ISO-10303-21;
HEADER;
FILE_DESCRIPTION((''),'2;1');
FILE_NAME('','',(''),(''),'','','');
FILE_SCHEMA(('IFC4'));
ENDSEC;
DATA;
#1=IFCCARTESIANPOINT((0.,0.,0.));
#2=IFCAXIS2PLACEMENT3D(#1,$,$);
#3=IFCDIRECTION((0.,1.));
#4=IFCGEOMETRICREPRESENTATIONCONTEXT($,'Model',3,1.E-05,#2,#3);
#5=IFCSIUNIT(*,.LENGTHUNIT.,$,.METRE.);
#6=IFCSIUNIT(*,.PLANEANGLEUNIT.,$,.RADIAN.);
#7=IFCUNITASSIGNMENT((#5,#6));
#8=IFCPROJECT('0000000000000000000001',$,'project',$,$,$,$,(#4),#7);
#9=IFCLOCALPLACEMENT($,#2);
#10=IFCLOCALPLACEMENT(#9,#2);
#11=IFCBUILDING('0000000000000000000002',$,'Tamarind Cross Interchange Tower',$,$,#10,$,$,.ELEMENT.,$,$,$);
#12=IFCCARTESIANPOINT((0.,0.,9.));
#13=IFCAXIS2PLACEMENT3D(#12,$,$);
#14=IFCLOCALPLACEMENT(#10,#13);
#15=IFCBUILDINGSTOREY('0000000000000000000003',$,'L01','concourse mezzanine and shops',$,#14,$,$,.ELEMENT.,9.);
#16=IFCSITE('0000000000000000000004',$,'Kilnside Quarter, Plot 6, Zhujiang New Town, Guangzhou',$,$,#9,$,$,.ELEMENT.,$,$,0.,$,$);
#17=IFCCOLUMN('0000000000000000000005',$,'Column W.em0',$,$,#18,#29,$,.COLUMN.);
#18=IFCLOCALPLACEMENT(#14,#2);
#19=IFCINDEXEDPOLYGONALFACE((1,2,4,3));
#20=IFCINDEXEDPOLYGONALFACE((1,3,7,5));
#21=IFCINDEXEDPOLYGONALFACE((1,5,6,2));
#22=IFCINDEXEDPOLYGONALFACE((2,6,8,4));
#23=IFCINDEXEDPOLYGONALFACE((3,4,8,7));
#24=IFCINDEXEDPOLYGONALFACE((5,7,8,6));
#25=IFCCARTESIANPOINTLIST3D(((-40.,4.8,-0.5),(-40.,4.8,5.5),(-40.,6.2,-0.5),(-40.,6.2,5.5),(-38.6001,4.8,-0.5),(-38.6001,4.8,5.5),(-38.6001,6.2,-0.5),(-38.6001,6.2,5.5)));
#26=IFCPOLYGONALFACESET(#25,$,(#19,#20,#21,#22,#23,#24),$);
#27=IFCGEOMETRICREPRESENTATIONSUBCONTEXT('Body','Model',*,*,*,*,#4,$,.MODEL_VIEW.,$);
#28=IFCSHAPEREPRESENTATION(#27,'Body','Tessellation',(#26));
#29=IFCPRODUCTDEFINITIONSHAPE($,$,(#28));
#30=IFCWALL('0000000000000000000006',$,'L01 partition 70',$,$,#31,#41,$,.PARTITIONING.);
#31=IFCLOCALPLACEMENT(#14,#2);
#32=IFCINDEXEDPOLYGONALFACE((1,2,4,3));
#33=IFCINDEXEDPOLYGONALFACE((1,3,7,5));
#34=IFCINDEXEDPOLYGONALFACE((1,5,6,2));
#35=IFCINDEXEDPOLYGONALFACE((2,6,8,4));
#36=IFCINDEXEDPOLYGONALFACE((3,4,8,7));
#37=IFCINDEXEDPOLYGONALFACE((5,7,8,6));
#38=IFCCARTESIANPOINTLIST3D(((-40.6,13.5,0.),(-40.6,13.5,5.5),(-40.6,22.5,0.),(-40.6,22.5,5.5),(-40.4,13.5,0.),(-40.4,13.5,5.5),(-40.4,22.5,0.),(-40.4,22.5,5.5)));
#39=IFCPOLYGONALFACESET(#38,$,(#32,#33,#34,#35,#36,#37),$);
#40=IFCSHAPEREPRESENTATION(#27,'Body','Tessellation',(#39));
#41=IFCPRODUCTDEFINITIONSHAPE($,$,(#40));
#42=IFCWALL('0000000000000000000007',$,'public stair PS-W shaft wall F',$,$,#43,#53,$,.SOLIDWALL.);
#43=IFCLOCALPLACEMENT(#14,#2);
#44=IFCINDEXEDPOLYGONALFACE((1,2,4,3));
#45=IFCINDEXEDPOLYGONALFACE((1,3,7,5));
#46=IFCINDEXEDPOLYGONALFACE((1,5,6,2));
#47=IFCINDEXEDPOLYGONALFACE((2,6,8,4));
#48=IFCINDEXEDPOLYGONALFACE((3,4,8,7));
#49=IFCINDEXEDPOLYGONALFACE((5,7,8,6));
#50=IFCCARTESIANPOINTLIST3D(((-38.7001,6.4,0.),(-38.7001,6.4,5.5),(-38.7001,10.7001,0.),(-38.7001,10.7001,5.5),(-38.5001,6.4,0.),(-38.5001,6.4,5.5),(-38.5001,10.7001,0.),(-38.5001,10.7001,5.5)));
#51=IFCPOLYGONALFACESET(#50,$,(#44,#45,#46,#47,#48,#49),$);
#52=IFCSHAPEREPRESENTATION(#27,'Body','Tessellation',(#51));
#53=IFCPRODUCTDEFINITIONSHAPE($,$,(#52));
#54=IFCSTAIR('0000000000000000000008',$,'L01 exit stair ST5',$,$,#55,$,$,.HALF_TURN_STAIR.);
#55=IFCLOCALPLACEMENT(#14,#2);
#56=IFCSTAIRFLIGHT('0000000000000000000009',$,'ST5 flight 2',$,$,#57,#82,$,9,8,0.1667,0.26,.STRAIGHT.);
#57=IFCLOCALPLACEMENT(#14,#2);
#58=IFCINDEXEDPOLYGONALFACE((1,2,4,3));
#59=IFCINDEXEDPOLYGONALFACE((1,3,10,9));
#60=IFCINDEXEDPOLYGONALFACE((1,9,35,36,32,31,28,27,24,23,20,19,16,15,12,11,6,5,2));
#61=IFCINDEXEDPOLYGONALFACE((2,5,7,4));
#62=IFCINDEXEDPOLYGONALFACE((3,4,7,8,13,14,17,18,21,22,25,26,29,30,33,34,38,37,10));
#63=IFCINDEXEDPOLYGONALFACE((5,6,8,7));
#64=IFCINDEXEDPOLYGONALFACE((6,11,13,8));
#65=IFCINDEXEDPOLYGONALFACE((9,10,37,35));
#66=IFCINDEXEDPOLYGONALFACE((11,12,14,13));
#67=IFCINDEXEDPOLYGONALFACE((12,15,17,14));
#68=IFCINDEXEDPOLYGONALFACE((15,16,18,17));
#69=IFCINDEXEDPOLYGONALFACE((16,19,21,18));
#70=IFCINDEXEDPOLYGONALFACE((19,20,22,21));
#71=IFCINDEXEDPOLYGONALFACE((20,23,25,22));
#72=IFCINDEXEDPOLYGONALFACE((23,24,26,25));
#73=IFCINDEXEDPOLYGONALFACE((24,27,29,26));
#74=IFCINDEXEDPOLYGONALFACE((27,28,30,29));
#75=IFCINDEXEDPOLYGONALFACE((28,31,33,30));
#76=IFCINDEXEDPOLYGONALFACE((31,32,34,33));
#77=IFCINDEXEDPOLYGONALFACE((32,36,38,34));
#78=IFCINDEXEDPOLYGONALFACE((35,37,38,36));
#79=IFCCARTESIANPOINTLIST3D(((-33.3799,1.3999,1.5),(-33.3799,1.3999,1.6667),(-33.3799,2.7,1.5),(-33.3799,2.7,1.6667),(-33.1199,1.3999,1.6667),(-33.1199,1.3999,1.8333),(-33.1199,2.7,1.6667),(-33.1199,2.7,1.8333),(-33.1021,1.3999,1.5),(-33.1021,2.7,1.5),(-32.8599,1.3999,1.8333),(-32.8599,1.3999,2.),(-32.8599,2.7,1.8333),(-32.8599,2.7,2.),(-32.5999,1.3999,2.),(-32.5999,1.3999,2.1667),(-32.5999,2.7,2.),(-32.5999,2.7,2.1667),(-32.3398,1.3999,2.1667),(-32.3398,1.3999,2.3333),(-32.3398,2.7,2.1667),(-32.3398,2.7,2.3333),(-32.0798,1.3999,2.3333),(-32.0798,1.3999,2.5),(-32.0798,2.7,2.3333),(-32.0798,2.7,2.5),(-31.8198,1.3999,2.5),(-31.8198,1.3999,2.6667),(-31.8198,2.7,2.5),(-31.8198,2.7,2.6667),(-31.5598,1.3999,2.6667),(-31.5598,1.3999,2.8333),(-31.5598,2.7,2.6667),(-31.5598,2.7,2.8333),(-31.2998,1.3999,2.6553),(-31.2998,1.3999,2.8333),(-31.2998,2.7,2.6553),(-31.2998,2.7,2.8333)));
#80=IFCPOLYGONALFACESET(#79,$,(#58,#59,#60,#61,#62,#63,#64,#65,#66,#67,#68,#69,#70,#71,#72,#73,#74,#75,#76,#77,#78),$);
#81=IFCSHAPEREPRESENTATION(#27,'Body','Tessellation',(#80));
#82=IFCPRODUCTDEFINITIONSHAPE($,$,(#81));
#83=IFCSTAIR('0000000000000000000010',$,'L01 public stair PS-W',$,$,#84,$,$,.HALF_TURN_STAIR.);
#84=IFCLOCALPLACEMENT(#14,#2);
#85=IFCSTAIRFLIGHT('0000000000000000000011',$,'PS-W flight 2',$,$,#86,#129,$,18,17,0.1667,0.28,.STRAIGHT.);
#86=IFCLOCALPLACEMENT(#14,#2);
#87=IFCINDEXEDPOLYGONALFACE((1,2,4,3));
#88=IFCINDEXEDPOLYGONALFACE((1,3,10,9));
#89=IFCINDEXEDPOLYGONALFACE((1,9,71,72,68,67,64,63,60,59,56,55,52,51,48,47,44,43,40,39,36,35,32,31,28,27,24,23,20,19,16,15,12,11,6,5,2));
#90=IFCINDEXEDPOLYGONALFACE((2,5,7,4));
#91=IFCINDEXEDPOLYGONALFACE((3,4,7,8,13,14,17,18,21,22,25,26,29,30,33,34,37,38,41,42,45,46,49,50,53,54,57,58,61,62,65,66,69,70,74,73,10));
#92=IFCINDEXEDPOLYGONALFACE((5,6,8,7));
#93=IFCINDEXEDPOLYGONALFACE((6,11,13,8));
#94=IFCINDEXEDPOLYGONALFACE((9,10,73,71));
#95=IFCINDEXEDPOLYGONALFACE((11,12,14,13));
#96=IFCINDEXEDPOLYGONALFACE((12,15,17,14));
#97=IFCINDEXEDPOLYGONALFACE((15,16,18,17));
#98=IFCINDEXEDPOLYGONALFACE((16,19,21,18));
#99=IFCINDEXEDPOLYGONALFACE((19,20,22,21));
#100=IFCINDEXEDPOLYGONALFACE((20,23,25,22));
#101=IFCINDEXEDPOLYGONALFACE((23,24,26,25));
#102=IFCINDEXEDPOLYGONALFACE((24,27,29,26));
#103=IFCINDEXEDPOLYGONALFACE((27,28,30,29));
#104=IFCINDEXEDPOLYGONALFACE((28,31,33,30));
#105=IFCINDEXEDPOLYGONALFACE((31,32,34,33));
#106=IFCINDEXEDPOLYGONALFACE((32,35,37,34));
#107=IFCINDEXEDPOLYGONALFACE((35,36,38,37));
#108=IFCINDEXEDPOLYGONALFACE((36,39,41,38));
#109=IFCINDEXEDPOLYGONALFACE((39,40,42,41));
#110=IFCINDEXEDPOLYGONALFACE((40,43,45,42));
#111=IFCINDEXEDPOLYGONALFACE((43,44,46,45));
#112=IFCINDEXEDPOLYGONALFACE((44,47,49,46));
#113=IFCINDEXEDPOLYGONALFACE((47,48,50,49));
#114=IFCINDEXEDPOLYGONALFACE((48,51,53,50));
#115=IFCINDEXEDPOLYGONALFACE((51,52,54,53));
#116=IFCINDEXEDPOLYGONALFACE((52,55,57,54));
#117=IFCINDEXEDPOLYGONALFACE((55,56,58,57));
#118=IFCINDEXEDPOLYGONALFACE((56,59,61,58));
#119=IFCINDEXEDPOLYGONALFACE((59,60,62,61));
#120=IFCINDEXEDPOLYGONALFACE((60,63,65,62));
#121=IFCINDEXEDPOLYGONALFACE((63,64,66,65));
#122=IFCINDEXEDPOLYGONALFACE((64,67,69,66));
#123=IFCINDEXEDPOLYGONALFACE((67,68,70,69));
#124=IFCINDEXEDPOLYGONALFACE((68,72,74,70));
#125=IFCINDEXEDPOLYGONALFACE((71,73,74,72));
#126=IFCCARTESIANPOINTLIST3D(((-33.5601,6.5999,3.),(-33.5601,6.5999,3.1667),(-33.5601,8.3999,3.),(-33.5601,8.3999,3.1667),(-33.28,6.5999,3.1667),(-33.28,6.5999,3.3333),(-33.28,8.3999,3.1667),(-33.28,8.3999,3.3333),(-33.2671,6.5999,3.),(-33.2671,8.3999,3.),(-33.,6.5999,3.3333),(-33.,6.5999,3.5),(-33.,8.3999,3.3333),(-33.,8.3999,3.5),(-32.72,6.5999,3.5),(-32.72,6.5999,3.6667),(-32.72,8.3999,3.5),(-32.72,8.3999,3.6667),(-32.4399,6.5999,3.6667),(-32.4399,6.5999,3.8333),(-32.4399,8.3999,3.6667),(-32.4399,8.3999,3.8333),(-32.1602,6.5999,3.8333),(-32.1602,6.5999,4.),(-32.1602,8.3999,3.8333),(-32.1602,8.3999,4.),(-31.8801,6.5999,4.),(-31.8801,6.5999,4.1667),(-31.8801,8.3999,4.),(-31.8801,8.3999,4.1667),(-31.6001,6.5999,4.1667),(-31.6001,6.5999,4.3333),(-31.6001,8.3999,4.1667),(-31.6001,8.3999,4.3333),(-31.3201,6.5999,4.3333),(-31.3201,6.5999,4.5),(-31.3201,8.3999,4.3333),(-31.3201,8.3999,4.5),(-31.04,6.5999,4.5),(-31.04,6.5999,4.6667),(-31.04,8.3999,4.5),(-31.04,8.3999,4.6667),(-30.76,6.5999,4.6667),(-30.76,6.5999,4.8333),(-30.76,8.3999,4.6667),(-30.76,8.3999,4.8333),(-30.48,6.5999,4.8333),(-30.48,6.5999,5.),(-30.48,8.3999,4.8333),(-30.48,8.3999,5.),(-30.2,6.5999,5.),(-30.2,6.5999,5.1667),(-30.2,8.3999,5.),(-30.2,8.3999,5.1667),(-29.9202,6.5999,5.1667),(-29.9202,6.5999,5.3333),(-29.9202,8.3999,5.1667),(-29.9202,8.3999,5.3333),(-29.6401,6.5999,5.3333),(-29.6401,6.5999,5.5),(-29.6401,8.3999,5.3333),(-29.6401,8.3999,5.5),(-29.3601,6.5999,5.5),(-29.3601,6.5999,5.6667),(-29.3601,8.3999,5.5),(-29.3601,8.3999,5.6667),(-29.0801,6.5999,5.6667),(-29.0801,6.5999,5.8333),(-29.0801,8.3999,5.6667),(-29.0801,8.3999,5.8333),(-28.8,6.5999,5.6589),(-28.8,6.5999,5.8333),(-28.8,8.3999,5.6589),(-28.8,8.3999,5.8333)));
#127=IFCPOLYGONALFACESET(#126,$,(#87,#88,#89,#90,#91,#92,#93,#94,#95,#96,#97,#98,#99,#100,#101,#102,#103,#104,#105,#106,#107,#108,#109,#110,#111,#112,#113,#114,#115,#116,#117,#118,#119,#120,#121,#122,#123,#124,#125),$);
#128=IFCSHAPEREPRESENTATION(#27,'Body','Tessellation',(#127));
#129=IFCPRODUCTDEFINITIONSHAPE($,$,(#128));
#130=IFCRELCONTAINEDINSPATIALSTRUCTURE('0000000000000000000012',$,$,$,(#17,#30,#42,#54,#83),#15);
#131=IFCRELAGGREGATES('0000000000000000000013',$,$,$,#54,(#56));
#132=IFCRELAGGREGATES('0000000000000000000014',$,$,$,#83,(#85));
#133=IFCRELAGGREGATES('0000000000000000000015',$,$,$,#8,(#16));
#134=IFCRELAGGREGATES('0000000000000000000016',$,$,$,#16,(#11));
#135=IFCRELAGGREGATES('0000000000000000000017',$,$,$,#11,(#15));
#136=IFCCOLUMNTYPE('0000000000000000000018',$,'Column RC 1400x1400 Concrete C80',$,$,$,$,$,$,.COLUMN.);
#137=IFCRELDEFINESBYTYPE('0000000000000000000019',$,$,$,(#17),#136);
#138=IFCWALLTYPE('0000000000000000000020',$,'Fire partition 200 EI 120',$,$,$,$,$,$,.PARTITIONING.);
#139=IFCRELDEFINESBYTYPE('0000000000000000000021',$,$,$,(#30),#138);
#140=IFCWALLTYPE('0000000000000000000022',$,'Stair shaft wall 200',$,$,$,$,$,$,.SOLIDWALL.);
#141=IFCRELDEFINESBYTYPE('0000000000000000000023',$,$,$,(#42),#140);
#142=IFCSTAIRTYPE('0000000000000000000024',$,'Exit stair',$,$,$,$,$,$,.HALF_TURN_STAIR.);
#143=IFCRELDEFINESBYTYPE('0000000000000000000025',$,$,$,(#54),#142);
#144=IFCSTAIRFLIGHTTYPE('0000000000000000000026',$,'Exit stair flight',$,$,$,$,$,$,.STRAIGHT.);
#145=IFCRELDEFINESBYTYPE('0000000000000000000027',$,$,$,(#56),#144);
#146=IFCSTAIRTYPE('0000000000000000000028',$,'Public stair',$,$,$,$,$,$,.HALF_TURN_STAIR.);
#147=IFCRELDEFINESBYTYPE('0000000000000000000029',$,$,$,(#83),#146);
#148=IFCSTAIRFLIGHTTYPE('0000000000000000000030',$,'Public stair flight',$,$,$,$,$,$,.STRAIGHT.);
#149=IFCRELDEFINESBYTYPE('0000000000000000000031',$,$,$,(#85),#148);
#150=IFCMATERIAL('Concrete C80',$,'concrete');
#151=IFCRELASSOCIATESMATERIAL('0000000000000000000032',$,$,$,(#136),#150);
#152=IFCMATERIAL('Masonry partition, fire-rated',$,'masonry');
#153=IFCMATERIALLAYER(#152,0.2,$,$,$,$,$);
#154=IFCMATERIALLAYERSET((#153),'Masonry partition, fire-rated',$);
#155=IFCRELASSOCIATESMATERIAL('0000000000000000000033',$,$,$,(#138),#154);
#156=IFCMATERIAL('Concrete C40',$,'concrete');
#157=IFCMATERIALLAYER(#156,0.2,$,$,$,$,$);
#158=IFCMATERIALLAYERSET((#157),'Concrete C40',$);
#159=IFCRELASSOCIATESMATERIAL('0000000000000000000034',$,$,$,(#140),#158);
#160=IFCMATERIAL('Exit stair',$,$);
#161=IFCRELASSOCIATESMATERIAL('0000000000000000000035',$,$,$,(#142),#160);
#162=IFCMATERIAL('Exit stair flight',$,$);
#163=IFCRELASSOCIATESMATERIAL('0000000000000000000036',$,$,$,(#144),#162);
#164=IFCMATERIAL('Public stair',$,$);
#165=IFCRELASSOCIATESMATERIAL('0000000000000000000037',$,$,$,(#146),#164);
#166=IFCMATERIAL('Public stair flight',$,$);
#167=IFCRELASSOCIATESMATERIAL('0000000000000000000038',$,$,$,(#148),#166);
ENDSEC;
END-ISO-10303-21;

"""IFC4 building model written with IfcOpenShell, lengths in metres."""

from ifc_helpers import new_model, si_unit, direction, frame, frame_2d, origin, origin_2d, place, context, subcontext, project, spatial, polyline, rectangle, outline, extrude, material, layer, layer_set, material_profile, profile_set, type_object, element, aggregate, save


model = new_model("IFC4")

# Units and contexts
model_context = context("Model", 3, precision=1e-05, world=origin(), true_north=direction((0.0, 1.0)))
body_context = subcontext(model_context, "Body", "Model", "MODEL_VIEW")
ifc_project = project(units=[si_unit("LENGTHUNIT", "METRE"), si_unit("PLANEANGLEUNIT", "RADIAN")], contexts=[model_context])

# Site, building, storey
site_placement = place(None, origin())
site = spatial("IfcSite", under=ifc_project, at=site_placement, Name="Kilnside Quarter, Plot 6, Zhujiang New Town, Guangzhou", CompositionType="ELEMENT", RefElevation=0.0)
building_placement = place(site_placement, origin())
building = spatial("IfcBuilding", under=site, at=building_placement, Name="Tamarind Cross Interchange Tower", CompositionType="ELEMENT")
storey_placement = place(building_placement, frame((0.0, 0.0, 9.0)))
storey = spatial("IfcBuildingStorey", under=building, at=storey_placement, Name="L01", Description="concourse mezzanine and shops", CompositionType="ELEMENT", Elevation=9.0)

# Column
ifc_material_1 = material(Name="Concrete C80", Category="concrete")
ifc_material_profile = material_profile(ifc_material_1, rectangle(XDim=1.3999, YDim=1.3999, at=origin_2d()), Name="RC 1400x1400")
ifc_profile_set = profile_set([ifc_material_profile], Name="Concrete C80")
column_type = type_object("IfcColumnType", Name="Column RC 1400x1400 Concrete C80", PredefinedType="COLUMN", material=ifc_profile_set)
column_placement = place(storey_placement, frame((-39.3, 5.5, -0.5), z_axis=(0.0, 0.0, 1.0), x_axis=(1.0, 0.0, 0.0)))
element("IfcColumn", 1, at=column_placement, inside=storey, type_object=column_type, Name="Column W.em0", PredefinedType="COLUMN", context=body_context, shape_type="SweptSolid", body=[
    extrude(rectangle(XDim=1.3999, YDim=1.3999, at=origin_2d()), origin(), (0.0, 0.0, 1.0), 6.0),
])

# Walls
ifc_material_2 = material(Name="Masonry partition, fire-rated", Category="masonry")
ifc_layer_1 = layer(ifc_material_2, 0.2)
ifc_layer_set_1 = layer_set([ifc_layer_1], Name="Masonry partition, fire-rated")
wall_type_1 = type_object("IfcWallType", Name="Fire partition 200 EI 120", PredefinedType="PARTITIONING", material=ifc_layer_set_1)
wall_1_placement = place(storey_placement, frame((-40.5, 13.5, 0.0), z_axis=(0.0, 0.0, 1.0), x_axis=(0.0, 1.0, 0.0)))
element("IfcWall", 2, at=wall_1_placement, inside=storey, type_object=wall_type_1, Name="L01 partition 70", PredefinedType="PARTITIONING", context=body_context, shape_type="SweptSolid", body=[
    extrude(rectangle(XDim=9.0, YDim=0.2, at=frame_2d((4.5, 0.0))), origin(), (0.0, 0.0, 1.0), 5.5),
])
ifc_material_3 = material(Name="Concrete C40", Category="concrete")
ifc_layer_2 = layer(ifc_material_3, 0.2)
ifc_layer_set_2 = layer_set([ifc_layer_2], Name="Concrete C40")
wall_type_2 = type_object("IfcWallType", Name="Stair shaft wall 200", PredefinedType="SOLIDWALL", material=ifc_layer_set_2)
wall_2_placement = place(storey_placement, frame((-38.6001, 10.7, 0.0), z_axis=(0.0, 0.0, 1.0), x_axis=(0.0, -1.0, 0.0)))
element("IfcWall", 3, at=wall_2_placement, inside=storey, type_object=wall_type_2, Name="public stair PS-W shaft wall F", PredefinedType="SOLIDWALL", context=body_context, shape_type="SweptSolid", body=[
    extrude(rectangle(XDim=4.3, YDim=0.2, at=frame_2d((2.1499, 0.0))), origin(), (0.0, 0.0, 1.0), 5.5),
])

# Stairs, stair flights
ifc_material_4 = material(Name="Exit stair")
stair_type_1 = type_object("IfcStairType", Name="Exit stair", PredefinedType="HALF_TURN_STAIR", material=ifc_material_4)
stair_1_placement = place(storey_placement, origin())
stair_1 = element("IfcStair", 4, at=stair_1_placement, inside=storey, type_object=stair_type_1, Name="L01 exit stair ST5", PredefinedType="HALF_TURN_STAIR")
ifc_material_5 = material(Name="Exit stair flight")
stair_flight_type_1 = type_object("IfcStairFlightType", Name="Exit stair flight", PredefinedType="STRAIGHT", material=ifc_material_5)
stair_flight_1_placement = place(storey_placement, frame((-33.3799, 2.05, 1.5), z_axis=(0.0, 0.0, 1.0), x_axis=(1.0, 0.0, 0.0)))
stair_flight_1 = element("IfcStairFlight", 5, at=stair_flight_1_placement, type_object=stair_flight_type_1, Name="ST5 flight 2", NumberOfRisers=9, NumberOfTreads=8, PredefinedType="STRAIGHT", RiserHeight=0.1667, TreadLength=0.26, context=body_context, shape_type="SweptSolid", body=[
    extrude(outline(polyline([(0.0, 0.0), (0.0, 0.1667), (0.26, 0.1667), (0.26, 0.3333), (0.52, 0.3333), (0.52, 0.5), (0.78, 0.5), (0.78, 0.6667), (1.04, 0.6667), (1.04, 0.8333), (1.3, 0.8333), (1.3, 1.0), (1.5601, 1.0), (1.5601, 1.1667), (1.8201, 1.1667), (1.8201, 1.3333), (2.0801, 1.3333), (2.0801, 1.5), (2.0801, 1.1553), (0.2778, 0.0), (0.0, 0.0)])), frame((0.0, 0.6499, 0.0), z_axis=(0.0, -1.0, 0.0), x_axis=(1.0, 0.0, 0.0)), (0.0, 0.0, 1.0), 1.3),
])
aggregate(stair_1, [stair_flight_1])
ifc_material_6 = material(Name="Public stair")
stair_type_2 = type_object("IfcStairType", Name="Public stair", PredefinedType="HALF_TURN_STAIR", material=ifc_material_6)
stair_2_placement = place(storey_placement, origin())
stair_2 = element("IfcStair", 6, at=stair_2_placement, inside=storey, type_object=stair_type_2, Name="L01 public stair PS-W", PredefinedType="HALF_TURN_STAIR")
ifc_material_7 = material(Name="Public stair flight")
stair_flight_type_2 = type_object("IfcStairFlightType", Name="Public stair flight", PredefinedType="STRAIGHT", material=ifc_material_7)
stair_flight_2_placement = place(storey_placement, frame((-33.5601, 7.5, 3.0), z_axis=(0.0, 0.0, 1.0), x_axis=(1.0, 0.0, 0.0)))
stair_flight_2 = element("IfcStairFlight", 7, at=stair_flight_2_placement, type_object=stair_flight_type_2, Name="PS-W flight 2", NumberOfRisers=18, NumberOfTreads=17, PredefinedType="STRAIGHT", RiserHeight=0.1667, TreadLength=0.28, context=body_context, shape_type="SweptSolid", body=[
    extrude(outline(polyline([(0.0, 0.0), (0.0, 0.1667), (0.28, 0.1667), (0.28, 0.3333), (0.5601, 0.3333), (0.5601, 0.5), (0.8401, 0.5), (0.8401, 0.6667), (1.1201, 0.6667), (1.1201, 0.8333), (1.3999, 0.8333), (1.3999, 1.0), (1.6799, 1.0), (1.6799, 1.1667), (1.96, 1.1667), (1.96, 1.3333), (2.24, 1.3333), (2.24, 1.5), (2.52, 1.5), (2.52, 1.6667), (2.8, 1.6667), (2.8, 1.8333), (3.0801, 1.8333), (3.0801, 2.0), (3.3601, 2.0), (3.3601, 2.1667), (3.6399, 2.1667), (3.6399, 2.3333), (3.9199, 2.3333), (3.9199, 2.5), (4.2, 2.5), (4.2, 2.6667), (4.48, 2.6667), (4.48, 2.8333), (4.76, 2.8333), (4.76, 3.0), (4.76, 2.6589), (0.293, 0.0), (0.0, 0.0)])), frame((0.0, 0.8999, 0.0), z_axis=(0.0, -1.0, 0.0), x_axis=(1.0, 0.0, 0.0)), (0.0, 0.0, 1.0), 1.8),
])
aggregate(stair_2, [stair_flight_2])

save(model, "model.ifc")
